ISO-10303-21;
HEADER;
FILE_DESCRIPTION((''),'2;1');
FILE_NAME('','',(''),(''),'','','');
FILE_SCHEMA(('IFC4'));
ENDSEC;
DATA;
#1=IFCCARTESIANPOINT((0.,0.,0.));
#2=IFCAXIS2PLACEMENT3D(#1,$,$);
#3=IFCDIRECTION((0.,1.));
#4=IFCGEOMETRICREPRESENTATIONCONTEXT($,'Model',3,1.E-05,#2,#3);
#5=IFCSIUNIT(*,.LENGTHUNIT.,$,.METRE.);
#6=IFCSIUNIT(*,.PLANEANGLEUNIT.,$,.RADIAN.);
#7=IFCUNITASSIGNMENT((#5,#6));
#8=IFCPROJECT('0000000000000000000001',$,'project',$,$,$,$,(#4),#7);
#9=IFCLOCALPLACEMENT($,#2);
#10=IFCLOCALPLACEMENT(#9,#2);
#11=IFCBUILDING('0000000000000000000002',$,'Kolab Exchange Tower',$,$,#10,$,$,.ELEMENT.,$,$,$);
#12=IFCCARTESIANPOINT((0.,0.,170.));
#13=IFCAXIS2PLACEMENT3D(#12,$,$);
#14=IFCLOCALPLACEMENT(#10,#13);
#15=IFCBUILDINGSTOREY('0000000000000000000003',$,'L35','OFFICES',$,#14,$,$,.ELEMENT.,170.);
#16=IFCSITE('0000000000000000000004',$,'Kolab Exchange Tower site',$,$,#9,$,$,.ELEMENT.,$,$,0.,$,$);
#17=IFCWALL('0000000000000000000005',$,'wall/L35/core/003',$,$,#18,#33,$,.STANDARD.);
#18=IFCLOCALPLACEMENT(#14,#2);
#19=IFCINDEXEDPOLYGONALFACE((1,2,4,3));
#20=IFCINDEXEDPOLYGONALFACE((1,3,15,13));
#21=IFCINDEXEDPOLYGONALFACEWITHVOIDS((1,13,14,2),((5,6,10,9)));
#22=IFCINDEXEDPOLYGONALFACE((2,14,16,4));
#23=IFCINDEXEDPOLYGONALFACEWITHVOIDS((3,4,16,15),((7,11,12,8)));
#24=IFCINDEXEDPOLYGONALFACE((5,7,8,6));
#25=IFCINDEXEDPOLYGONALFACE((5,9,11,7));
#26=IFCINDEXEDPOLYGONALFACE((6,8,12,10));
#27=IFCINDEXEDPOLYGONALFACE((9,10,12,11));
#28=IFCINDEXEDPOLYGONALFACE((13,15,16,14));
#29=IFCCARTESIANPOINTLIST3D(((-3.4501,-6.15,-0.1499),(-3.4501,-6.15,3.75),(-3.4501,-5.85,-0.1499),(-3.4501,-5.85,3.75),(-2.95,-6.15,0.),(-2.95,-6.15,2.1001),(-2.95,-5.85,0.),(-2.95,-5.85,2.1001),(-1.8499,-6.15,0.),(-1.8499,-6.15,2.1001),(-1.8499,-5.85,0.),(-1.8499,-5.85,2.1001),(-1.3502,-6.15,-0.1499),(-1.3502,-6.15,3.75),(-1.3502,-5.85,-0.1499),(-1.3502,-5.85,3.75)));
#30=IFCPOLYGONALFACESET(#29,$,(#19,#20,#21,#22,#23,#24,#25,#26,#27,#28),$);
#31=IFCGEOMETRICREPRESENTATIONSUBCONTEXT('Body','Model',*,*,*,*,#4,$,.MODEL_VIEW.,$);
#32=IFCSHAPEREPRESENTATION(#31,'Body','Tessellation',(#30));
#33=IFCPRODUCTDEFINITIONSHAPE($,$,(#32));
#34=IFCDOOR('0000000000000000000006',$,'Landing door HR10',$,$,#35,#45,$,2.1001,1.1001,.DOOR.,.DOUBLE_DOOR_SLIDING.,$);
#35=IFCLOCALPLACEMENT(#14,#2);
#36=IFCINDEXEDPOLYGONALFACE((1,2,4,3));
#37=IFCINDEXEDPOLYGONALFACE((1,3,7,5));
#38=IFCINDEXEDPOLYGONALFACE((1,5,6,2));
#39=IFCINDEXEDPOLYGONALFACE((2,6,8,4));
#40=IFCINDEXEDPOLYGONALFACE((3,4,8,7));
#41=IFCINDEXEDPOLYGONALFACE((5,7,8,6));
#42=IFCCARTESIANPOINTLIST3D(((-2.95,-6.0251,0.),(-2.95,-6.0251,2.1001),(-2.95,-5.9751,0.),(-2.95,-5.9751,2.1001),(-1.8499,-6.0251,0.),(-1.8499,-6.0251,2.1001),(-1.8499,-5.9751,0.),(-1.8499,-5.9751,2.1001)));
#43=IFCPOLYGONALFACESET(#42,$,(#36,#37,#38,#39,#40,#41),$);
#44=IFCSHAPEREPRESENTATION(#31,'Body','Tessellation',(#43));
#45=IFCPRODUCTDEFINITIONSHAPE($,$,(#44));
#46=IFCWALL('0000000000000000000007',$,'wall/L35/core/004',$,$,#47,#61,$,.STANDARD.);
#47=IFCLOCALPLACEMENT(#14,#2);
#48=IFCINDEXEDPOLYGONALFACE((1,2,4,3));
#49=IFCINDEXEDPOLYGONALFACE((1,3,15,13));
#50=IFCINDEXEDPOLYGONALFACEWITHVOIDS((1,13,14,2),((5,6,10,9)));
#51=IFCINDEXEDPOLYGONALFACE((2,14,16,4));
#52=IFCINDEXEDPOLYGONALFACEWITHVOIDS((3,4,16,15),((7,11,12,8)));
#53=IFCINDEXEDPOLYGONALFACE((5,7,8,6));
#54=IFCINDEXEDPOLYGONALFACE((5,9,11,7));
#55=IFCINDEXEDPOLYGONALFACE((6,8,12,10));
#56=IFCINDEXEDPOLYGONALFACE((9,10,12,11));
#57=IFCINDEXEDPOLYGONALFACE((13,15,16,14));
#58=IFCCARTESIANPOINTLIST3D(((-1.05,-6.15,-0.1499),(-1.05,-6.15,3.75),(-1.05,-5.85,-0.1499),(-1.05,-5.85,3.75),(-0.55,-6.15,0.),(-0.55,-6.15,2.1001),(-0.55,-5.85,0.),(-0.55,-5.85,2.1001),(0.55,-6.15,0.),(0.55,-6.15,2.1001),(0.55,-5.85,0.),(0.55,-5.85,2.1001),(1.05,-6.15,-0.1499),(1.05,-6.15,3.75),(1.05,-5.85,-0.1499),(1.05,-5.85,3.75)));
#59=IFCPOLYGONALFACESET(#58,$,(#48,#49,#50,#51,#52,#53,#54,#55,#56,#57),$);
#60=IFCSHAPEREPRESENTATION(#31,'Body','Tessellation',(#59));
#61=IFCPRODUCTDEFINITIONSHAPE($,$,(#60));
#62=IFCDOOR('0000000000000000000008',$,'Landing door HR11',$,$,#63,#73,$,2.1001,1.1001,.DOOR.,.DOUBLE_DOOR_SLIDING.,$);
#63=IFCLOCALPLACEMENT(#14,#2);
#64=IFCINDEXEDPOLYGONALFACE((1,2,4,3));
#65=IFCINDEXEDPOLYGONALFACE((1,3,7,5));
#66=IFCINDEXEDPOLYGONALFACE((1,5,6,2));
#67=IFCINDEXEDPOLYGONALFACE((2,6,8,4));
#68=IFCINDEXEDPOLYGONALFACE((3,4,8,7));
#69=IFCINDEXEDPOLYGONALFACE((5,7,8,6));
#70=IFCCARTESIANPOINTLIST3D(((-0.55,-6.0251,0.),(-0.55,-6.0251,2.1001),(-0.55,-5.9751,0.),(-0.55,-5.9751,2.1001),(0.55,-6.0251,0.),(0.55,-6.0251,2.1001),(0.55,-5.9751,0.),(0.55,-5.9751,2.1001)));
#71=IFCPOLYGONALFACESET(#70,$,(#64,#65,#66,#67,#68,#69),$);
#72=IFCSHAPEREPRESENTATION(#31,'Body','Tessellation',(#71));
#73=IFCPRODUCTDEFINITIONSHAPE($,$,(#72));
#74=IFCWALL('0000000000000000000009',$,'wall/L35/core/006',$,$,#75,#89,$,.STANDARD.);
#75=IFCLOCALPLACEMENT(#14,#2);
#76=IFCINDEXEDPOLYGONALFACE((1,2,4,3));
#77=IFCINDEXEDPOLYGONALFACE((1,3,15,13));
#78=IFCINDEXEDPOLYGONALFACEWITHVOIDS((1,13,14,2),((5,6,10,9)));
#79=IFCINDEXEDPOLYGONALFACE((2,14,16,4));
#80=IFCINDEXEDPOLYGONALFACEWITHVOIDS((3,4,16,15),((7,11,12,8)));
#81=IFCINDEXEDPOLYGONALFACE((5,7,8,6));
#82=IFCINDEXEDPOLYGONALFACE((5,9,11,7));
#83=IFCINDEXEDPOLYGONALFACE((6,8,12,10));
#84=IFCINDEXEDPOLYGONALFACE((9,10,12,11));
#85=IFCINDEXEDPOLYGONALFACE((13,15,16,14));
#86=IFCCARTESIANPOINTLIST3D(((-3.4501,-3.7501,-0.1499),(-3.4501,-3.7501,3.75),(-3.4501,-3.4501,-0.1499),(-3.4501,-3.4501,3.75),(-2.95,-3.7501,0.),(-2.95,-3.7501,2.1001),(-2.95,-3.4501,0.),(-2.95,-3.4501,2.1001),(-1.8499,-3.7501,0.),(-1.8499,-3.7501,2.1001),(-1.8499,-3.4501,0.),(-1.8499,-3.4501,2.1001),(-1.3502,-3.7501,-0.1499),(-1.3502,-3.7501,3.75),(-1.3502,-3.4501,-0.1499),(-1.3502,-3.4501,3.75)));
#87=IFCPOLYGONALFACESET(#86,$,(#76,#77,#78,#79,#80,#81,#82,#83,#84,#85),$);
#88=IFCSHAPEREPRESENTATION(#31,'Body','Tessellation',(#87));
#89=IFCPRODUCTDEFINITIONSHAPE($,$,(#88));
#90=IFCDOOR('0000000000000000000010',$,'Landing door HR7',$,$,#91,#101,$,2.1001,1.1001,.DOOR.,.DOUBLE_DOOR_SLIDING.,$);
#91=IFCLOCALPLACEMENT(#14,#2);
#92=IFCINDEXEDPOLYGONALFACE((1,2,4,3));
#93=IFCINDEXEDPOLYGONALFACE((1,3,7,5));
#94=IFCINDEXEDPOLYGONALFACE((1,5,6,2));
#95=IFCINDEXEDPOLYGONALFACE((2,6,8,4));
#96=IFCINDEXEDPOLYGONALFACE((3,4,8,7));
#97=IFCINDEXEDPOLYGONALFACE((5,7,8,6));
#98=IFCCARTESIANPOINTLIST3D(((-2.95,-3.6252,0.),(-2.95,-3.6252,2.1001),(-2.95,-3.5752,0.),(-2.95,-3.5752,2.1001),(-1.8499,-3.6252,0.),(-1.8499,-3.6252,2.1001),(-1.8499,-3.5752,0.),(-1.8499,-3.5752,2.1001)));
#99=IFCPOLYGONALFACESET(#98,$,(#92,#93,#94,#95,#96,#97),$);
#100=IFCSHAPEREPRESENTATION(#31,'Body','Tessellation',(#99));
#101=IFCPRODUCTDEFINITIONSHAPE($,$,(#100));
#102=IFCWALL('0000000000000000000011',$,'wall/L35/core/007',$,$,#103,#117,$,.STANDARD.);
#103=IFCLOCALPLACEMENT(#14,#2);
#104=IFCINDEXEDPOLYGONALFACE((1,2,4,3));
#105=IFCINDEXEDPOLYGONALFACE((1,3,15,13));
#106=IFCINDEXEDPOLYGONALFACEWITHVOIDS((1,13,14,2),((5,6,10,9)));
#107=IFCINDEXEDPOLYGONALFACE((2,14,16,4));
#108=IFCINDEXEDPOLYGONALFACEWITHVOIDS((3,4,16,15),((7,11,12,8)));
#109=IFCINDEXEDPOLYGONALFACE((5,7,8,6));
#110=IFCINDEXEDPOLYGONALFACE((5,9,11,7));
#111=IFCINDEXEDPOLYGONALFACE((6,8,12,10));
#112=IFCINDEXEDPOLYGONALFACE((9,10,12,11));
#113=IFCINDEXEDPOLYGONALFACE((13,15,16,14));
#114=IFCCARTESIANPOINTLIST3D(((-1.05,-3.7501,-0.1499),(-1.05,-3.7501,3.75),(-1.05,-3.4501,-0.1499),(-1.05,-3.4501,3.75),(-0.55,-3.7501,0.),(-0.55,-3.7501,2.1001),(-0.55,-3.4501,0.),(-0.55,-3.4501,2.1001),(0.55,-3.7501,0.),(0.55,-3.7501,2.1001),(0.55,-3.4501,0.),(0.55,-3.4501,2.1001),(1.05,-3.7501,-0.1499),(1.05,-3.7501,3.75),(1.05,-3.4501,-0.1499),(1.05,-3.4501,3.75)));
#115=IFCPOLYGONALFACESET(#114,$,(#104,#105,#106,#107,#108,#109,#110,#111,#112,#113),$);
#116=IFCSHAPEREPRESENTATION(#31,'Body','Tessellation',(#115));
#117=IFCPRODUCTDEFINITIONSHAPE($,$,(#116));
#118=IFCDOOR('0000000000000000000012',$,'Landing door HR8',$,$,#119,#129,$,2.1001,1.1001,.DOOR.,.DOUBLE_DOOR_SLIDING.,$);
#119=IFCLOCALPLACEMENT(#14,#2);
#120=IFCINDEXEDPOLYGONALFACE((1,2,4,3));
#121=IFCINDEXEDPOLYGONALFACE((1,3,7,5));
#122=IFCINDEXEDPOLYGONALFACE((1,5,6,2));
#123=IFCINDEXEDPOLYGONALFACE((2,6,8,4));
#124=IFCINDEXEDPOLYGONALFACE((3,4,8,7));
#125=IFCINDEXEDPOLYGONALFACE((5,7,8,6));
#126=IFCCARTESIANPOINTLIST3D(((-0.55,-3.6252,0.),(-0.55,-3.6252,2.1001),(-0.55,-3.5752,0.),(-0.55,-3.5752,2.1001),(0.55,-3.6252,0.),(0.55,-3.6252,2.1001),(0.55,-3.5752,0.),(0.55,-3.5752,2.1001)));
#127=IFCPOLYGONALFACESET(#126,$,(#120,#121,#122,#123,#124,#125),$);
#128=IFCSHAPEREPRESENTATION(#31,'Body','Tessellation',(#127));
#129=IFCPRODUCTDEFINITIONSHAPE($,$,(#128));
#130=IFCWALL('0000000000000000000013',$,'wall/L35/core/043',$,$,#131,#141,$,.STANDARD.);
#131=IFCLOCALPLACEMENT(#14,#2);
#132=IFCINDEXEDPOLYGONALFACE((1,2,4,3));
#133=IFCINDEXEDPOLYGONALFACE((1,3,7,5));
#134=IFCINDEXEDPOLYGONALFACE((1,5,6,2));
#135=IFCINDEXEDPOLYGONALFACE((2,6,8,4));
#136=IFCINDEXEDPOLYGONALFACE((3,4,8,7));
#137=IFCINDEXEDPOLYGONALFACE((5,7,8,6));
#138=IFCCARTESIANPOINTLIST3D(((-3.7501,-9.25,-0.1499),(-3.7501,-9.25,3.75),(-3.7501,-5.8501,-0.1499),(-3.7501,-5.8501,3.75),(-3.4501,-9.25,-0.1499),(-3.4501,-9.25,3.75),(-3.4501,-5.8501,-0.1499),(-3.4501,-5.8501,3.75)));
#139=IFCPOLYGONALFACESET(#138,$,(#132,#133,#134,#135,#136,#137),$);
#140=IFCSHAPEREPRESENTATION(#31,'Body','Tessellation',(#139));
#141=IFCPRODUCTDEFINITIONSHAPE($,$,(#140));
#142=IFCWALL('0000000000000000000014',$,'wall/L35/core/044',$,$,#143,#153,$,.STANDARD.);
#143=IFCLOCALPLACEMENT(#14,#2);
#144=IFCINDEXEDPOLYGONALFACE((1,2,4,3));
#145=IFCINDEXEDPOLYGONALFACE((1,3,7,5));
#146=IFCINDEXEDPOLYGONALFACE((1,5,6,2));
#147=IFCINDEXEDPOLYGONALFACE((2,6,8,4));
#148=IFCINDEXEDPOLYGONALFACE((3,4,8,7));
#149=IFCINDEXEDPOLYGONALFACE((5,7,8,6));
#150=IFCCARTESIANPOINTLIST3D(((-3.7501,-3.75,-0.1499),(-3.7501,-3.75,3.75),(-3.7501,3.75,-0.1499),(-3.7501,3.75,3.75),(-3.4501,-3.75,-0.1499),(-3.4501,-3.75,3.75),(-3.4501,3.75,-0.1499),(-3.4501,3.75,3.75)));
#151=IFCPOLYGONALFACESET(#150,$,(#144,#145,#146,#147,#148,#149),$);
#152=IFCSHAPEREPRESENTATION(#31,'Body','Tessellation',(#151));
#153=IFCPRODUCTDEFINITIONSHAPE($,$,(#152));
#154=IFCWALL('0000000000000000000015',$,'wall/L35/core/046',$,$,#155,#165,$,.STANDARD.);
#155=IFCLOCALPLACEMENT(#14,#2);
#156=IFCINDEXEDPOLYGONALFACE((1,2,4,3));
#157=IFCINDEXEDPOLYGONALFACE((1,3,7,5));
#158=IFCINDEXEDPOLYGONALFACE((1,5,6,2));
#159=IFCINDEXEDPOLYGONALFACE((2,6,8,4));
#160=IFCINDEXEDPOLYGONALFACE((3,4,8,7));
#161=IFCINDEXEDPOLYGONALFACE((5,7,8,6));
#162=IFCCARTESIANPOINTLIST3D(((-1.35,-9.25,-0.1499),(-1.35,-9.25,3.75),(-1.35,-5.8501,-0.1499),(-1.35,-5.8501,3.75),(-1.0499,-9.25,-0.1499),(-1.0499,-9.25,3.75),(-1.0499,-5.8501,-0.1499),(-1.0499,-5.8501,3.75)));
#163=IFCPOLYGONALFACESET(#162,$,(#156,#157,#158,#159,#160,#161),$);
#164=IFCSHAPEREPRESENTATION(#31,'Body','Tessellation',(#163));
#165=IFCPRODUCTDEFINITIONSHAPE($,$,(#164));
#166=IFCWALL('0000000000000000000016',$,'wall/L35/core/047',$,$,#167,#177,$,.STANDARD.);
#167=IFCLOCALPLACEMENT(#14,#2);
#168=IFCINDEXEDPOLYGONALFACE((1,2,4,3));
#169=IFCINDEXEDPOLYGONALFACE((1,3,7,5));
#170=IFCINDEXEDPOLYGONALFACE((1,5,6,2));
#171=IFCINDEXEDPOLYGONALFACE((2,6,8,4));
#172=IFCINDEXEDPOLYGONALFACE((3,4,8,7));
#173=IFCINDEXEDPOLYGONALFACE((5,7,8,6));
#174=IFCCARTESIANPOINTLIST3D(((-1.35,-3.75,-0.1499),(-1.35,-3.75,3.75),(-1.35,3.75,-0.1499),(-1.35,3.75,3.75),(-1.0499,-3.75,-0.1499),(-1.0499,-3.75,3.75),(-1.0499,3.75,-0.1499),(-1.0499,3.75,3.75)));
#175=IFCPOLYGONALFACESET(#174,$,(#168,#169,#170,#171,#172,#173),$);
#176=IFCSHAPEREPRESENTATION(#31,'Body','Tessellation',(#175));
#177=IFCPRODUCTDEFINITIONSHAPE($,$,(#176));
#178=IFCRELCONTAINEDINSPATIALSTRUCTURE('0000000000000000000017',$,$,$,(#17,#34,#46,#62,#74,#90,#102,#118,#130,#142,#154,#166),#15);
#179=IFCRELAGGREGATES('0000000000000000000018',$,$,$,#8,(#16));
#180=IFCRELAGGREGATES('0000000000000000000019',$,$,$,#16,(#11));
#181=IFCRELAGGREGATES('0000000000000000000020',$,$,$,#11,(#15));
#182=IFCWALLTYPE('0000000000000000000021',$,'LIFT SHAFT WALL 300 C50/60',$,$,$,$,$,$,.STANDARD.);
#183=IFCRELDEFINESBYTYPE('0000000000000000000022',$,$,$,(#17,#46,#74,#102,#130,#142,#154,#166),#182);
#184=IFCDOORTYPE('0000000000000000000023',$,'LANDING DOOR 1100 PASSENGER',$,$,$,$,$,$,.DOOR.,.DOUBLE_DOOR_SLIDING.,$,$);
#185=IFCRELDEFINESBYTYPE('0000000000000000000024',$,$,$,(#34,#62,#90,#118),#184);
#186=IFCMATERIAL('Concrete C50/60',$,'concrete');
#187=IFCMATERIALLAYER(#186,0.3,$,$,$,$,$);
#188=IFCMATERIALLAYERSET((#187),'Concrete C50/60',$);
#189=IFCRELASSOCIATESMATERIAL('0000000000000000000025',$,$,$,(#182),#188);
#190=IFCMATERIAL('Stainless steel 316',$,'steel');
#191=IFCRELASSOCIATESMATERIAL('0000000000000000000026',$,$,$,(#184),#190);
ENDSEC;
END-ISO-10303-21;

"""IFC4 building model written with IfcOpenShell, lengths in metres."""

from ifc_helpers import new_model, si_unit, direction, frame, frame_2d, origin, place, context, subcontext, project, spatial, rectangle, extrude, material, layer, layer_set, type_object, element, fill, save


model = new_model("IFC4")

# Units and contexts
model_context = context("Model", 3, precision=1e-05, world=origin(), true_north=direction((0.0, 1.0)))
body_context = subcontext(model_context, "Body", "Model", "MODEL_VIEW")
ifc_project = project(units=[si_unit("LENGTHUNIT", "METRE"), si_unit("PLANEANGLEUNIT", "RADIAN")], contexts=[model_context])

# Site, building, storey
site_placement = place(None, origin())
site = spatial("IfcSite", under=ifc_project, at=site_placement, Name="Kolab Exchange Tower site", CompositionType="ELEMENT", RefElevation=0.0)
building_placement = place(site_placement, origin())
building = spatial("IfcBuilding", under=site, at=building_placement, Name="Kolab Exchange Tower", CompositionType="ELEMENT")
storey_placement = place(building_placement, frame((0.0, 0.0, 170.0)))
storey = spatial("IfcBuildingStorey", under=building, at=storey_placement, Name="L35", Description="OFFICES", CompositionType="ELEMENT", Elevation=170.0)

# Walls, openings, doors
ifc_material_1 = material(Name="Concrete C50/60", Category="concrete")
ifc_layer_1 = layer(ifc_material_1, 0.3)
ifc_layer_set_1 = layer_set([ifc_layer_1], Name="Concrete C50/60")
wall_type_1 = type_object("IfcWallType", Name="LIFT SHAFT WALL 300 C50/60", PredefinedType="STANDARD", material=ifc_layer_set_1)
wall_1_placement = place(storey_placement, frame((-3.45, -6.0, -0.1499), z_axis=(0.0, 0.0, 1.0), x_axis=(1.0, 0.0, 0.0)))
wall_1 = element("IfcWall", 1, at=wall_1_placement, inside=storey, type_object=wall_type_1, Name="wall/L35/core/003", PredefinedType="STANDARD", context=body_context, shape_type="SweptSolid", body=[
    extrude(rectangle(XDim=2.0999, YDim=0.3, at=frame_2d((1.0498, 0.0))), origin(), (0.0, 0.0, 1.0), 3.8999),
])
opening_1_placement = place(wall_1_placement, frame((0.5, 0.0, 0.1499)))
opening_1 = element("IfcOpeningElement", 2, at=opening_1_placement, cuts=wall_1, PredefinedType="OPENING", context=body_context, shape_type="SweptSolid", body=[
    extrude(rectangle(XDim=1.1001, YDim=2.1001, at=frame_2d((0.55, 1.05))), frame((0.0, 0.1602, 0.0), z_axis=(0.0, -1.0, 0.0), x_axis=(1.0, 0.0, 0.0)), (0.0, 0.0, 1.0), 0.3201),
])
ifc_material_2 = material(Name="Stainless steel 316", Category="steel")
door_type_1 = type_object("IfcDoorType", Name="LANDING DOOR 1100 PASSENGER", OperationType="DOUBLE_DOOR_SLIDING", PredefinedType="DOOR", material=ifc_material_2)
door_1_placement = place(opening_1_placement, origin())
door_1 = element("IfcDoor", 3, at=door_1_placement, inside=storey, type_object=door_type_1, Name="Landing door HR10", OperationType="DOUBLE_DOOR_SLIDING", OverallHeight=2.1001, OverallWidth=1.1001, PredefinedType="DOOR", context=body_context, shape_type="SweptSolid", body=[
    extrude(rectangle(XDim=1.1001, YDim=2.1001, at=frame_2d((0.55, 1.05))), frame((0.0, 0.0249, 0.0), z_axis=(0.0, -1.0, 0.0), x_axis=(1.0, 0.0, 0.0)), (0.0, 0.0, 1.0), 0.05),
])
fill(opening_1, door_1)
wall_2_placement = place(storey_placement, frame((-1.05, -6.0, -0.1499), z_axis=(0.0, 0.0, 1.0), x_axis=(1.0, 0.0, 0.0)))
wall_2 = element("IfcWall", 4, at=wall_2_placement, inside=storey, type_object=wall_type_1, Name="wall/L35/core/004", PredefinedType="STANDARD", context=body_context, shape_type="SweptSolid", body=[
    extrude(rectangle(XDim=2.1001, YDim=0.3, at=frame_2d((1.05, 0.0))), origin(), (0.0, 0.0, 1.0), 3.8999),
])
opening_2_placement = place(wall_2_placement, frame((0.5, 0.0, 0.1499)))
opening_2 = element("IfcOpeningElement", 5, at=opening_2_placement, cuts=wall_2, PredefinedType="OPENING", context=body_context, shape_type="SweptSolid", body=[
    extrude(rectangle(XDim=1.1001, YDim=2.1001, at=frame_2d((0.55, 1.05))), frame((0.0, 0.1602, 0.0), z_axis=(0.0, -1.0, 0.0), x_axis=(1.0, 0.0, 0.0)), (0.0, 0.0, 1.0), 0.3201),
])
door_2_placement = place(opening_2_placement, origin())
door_2 = element("IfcDoor", 6, at=door_2_placement, inside=storey, type_object=door_type_1, Name="Landing door HR11", OperationType="DOUBLE_DOOR_SLIDING", OverallHeight=2.1001, OverallWidth=1.1001, PredefinedType="DOOR", context=body_context, shape_type="SweptSolid", body=[
    extrude(rectangle(XDim=1.1001, YDim=2.1001, at=frame_2d((0.55, 1.05))), frame((0.0, 0.0249, 0.0), z_axis=(0.0, -1.0, 0.0), x_axis=(1.0, 0.0, 0.0)), (0.0, 0.0, 1.0), 0.05),
])
fill(opening_2, door_2)
wall_3_placement = place(storey_placement, frame((-3.45, -3.6001, -0.1499), z_axis=(0.0, 0.0, 1.0), x_axis=(1.0, 0.0, 0.0)))
wall_3 = element("IfcWall", 7, at=wall_3_placement, inside=storey, type_object=wall_type_1, Name="wall/L35/core/006", PredefinedType="STANDARD", context=body_context, shape_type="SweptSolid", body=[
    extrude(rectangle(XDim=2.0999, YDim=0.3, at=frame_2d((1.0498, 0.0))), origin(), (0.0, 0.0, 1.0), 3.8999),
])
opening_3_placement = place(wall_3_placement, frame((0.5, 0.0, 0.1499)))
opening_3 = element("IfcOpeningElement", 8, at=opening_3_placement, cuts=wall_3, PredefinedType="OPENING", context=body_context, shape_type="SweptSolid", body=[
    extrude(rectangle(XDim=1.1001, YDim=2.1001, at=frame_2d((0.55, 1.05))), frame((0.0, 0.1602, 0.0), z_axis=(0.0, -1.0, 0.0), x_axis=(1.0, 0.0, 0.0)), (0.0, 0.0, 1.0), 0.3201),
])
door_3_placement = place(opening_3_placement, origin())
door_3 = element("IfcDoor", 9, at=door_3_placement, inside=storey, type_object=door_type_1, Name="Landing door HR7", OperationType="DOUBLE_DOOR_SLIDING", OverallHeight=2.1001, OverallWidth=1.1001, PredefinedType="DOOR", context=body_context, shape_type="SweptSolid", body=[
    extrude(rectangle(XDim=1.1001, YDim=2.1001, at=frame_2d((0.55, 1.05))), frame((0.0, 0.0249, 0.0), z_axis=(0.0, -1.0, 0.0), x_axis=(1.0, 0.0, 0.0)), (0.0, 0.0, 1.0), 0.05),
])
fill(opening_3, door_3)
wall_4_placement = place(storey_placement, frame((-1.05, -3.6001, -0.1499), z_axis=(0.0, 0.0, 1.0), x_axis=(1.0, 0.0, 0.0)))
wall_4 = element("IfcWall", 10, at=wall_4_placement, inside=storey, type_object=wall_type_1, Name="wall/L35/core/007", PredefinedType="STANDARD", context=body_context, shape_type="SweptSolid", body=[
    extrude(rectangle(XDim=2.1001, YDim=0.3, at=frame_2d((1.05, 0.0))), origin(), (0.0, 0.0, 1.0), 3.8999),
])
opening_4_placement = place(wall_4_placement, frame((0.5, 0.0, 0.1499)))
opening_4 = element("IfcOpeningElement", 11, at=opening_4_placement, cuts=wall_4, PredefinedType="OPENING", context=body_context, shape_type="SweptSolid", body=[
    extrude(rectangle(XDim=1.1001, YDim=2.1001, at=frame_2d((0.55, 1.05))), frame((0.0, 0.1602, 0.0), z_axis=(0.0, -1.0, 0.0), x_axis=(1.0, 0.0, 0.0)), (0.0, 0.0, 1.0), 0.3201),
])
door_4_placement = place(opening_4_placement, origin())
door_4 = element("IfcDoor", 12, at=door_4_placement, inside=storey, type_object=door_type_1, Name="Landing door HR8", OperationType="DOUBLE_DOOR_SLIDING", OverallHeight=2.1001, OverallWidth=1.1001, PredefinedType="DOOR", context=body_context, shape_type="SweptSolid", body=[
    extrude(rectangle(XDim=1.1001, YDim=2.1001, at=frame_2d((0.55, 1.05))), frame((0.0, 0.0249, 0.0), z_axis=(0.0, -1.0, 0.0), x_axis=(1.0, 0.0, 0.0)), (0.0, 0.0, 1.0), 0.05),
])
fill(opening_4, door_4)

# Walls
wall_5_placement = place(storey_placement, frame((-3.6001, -9.25, -0.1499), z_axis=(0.0, 0.0, 1.0), x_axis=(0.0, 1.0, 0.0)))
element("IfcWall", 13, at=wall_5_placement, inside=storey, type_object=wall_type_1, Name="wall/L35/core/043", PredefinedType="STANDARD", context=body_context, shape_type="SweptSolid", body=[
    extrude(rectangle(XDim=3.3999, YDim=0.3, at=frame_2d((1.7, 0.0))), origin(), (0.0, 0.0, 1.0), 3.8999),
])
wall_6_placement = place(storey_placement, frame((-3.6001, -3.75, -0.1499), z_axis=(0.0, 0.0, 1.0), x_axis=(0.0, 1.0, 0.0)))
element("IfcWall", 14, at=wall_6_placement, inside=storey, type_object=wall_type_1, Name="wall/L35/core/044", PredefinedType="STANDARD", context=body_context, shape_type="SweptSolid", body=[
    extrude(rectangle(XDim=7.5, YDim=0.3, at=frame_2d((3.75, 0.0))), origin(), (0.0, 0.0, 1.0), 3.8999),
])
wall_7_placement = place(storey_placement, frame((-1.2, -9.25, -0.1499), z_axis=(0.0, 0.0, 1.0), x_axis=(0.0, 1.0, 0.0)))
element("IfcWall", 15, at=wall_7_placement, inside=storey, type_object=wall_type_1, Name="wall/L35/core/046", PredefinedType="STANDARD", context=body_context, shape_type="SweptSolid", body=[
    extrude(rectangle(XDim=3.3999, YDim=0.3, at=frame_2d((1.7, 0.0))), origin(), (0.0, 0.0, 1.0), 3.8999),
])
wall_8_placement = place(storey_placement, frame((-1.2, -3.75, -0.1499), z_axis=(0.0, 0.0, 1.0), x_axis=(0.0, 1.0, 0.0)))
element("IfcWall", 16, at=wall_8_placement, inside=storey, type_object=wall_type_1, Name="wall/L35/core/047", PredefinedType="STANDARD", context=body_context, shape_type="SweptSolid", body=[
    extrude(rectangle(XDim=7.5, YDim=0.3, at=frame_2d((3.75, 0.0))), origin(), (0.0, 0.0, 1.0), 3.8999),
])

save(model, "model.ifc")
